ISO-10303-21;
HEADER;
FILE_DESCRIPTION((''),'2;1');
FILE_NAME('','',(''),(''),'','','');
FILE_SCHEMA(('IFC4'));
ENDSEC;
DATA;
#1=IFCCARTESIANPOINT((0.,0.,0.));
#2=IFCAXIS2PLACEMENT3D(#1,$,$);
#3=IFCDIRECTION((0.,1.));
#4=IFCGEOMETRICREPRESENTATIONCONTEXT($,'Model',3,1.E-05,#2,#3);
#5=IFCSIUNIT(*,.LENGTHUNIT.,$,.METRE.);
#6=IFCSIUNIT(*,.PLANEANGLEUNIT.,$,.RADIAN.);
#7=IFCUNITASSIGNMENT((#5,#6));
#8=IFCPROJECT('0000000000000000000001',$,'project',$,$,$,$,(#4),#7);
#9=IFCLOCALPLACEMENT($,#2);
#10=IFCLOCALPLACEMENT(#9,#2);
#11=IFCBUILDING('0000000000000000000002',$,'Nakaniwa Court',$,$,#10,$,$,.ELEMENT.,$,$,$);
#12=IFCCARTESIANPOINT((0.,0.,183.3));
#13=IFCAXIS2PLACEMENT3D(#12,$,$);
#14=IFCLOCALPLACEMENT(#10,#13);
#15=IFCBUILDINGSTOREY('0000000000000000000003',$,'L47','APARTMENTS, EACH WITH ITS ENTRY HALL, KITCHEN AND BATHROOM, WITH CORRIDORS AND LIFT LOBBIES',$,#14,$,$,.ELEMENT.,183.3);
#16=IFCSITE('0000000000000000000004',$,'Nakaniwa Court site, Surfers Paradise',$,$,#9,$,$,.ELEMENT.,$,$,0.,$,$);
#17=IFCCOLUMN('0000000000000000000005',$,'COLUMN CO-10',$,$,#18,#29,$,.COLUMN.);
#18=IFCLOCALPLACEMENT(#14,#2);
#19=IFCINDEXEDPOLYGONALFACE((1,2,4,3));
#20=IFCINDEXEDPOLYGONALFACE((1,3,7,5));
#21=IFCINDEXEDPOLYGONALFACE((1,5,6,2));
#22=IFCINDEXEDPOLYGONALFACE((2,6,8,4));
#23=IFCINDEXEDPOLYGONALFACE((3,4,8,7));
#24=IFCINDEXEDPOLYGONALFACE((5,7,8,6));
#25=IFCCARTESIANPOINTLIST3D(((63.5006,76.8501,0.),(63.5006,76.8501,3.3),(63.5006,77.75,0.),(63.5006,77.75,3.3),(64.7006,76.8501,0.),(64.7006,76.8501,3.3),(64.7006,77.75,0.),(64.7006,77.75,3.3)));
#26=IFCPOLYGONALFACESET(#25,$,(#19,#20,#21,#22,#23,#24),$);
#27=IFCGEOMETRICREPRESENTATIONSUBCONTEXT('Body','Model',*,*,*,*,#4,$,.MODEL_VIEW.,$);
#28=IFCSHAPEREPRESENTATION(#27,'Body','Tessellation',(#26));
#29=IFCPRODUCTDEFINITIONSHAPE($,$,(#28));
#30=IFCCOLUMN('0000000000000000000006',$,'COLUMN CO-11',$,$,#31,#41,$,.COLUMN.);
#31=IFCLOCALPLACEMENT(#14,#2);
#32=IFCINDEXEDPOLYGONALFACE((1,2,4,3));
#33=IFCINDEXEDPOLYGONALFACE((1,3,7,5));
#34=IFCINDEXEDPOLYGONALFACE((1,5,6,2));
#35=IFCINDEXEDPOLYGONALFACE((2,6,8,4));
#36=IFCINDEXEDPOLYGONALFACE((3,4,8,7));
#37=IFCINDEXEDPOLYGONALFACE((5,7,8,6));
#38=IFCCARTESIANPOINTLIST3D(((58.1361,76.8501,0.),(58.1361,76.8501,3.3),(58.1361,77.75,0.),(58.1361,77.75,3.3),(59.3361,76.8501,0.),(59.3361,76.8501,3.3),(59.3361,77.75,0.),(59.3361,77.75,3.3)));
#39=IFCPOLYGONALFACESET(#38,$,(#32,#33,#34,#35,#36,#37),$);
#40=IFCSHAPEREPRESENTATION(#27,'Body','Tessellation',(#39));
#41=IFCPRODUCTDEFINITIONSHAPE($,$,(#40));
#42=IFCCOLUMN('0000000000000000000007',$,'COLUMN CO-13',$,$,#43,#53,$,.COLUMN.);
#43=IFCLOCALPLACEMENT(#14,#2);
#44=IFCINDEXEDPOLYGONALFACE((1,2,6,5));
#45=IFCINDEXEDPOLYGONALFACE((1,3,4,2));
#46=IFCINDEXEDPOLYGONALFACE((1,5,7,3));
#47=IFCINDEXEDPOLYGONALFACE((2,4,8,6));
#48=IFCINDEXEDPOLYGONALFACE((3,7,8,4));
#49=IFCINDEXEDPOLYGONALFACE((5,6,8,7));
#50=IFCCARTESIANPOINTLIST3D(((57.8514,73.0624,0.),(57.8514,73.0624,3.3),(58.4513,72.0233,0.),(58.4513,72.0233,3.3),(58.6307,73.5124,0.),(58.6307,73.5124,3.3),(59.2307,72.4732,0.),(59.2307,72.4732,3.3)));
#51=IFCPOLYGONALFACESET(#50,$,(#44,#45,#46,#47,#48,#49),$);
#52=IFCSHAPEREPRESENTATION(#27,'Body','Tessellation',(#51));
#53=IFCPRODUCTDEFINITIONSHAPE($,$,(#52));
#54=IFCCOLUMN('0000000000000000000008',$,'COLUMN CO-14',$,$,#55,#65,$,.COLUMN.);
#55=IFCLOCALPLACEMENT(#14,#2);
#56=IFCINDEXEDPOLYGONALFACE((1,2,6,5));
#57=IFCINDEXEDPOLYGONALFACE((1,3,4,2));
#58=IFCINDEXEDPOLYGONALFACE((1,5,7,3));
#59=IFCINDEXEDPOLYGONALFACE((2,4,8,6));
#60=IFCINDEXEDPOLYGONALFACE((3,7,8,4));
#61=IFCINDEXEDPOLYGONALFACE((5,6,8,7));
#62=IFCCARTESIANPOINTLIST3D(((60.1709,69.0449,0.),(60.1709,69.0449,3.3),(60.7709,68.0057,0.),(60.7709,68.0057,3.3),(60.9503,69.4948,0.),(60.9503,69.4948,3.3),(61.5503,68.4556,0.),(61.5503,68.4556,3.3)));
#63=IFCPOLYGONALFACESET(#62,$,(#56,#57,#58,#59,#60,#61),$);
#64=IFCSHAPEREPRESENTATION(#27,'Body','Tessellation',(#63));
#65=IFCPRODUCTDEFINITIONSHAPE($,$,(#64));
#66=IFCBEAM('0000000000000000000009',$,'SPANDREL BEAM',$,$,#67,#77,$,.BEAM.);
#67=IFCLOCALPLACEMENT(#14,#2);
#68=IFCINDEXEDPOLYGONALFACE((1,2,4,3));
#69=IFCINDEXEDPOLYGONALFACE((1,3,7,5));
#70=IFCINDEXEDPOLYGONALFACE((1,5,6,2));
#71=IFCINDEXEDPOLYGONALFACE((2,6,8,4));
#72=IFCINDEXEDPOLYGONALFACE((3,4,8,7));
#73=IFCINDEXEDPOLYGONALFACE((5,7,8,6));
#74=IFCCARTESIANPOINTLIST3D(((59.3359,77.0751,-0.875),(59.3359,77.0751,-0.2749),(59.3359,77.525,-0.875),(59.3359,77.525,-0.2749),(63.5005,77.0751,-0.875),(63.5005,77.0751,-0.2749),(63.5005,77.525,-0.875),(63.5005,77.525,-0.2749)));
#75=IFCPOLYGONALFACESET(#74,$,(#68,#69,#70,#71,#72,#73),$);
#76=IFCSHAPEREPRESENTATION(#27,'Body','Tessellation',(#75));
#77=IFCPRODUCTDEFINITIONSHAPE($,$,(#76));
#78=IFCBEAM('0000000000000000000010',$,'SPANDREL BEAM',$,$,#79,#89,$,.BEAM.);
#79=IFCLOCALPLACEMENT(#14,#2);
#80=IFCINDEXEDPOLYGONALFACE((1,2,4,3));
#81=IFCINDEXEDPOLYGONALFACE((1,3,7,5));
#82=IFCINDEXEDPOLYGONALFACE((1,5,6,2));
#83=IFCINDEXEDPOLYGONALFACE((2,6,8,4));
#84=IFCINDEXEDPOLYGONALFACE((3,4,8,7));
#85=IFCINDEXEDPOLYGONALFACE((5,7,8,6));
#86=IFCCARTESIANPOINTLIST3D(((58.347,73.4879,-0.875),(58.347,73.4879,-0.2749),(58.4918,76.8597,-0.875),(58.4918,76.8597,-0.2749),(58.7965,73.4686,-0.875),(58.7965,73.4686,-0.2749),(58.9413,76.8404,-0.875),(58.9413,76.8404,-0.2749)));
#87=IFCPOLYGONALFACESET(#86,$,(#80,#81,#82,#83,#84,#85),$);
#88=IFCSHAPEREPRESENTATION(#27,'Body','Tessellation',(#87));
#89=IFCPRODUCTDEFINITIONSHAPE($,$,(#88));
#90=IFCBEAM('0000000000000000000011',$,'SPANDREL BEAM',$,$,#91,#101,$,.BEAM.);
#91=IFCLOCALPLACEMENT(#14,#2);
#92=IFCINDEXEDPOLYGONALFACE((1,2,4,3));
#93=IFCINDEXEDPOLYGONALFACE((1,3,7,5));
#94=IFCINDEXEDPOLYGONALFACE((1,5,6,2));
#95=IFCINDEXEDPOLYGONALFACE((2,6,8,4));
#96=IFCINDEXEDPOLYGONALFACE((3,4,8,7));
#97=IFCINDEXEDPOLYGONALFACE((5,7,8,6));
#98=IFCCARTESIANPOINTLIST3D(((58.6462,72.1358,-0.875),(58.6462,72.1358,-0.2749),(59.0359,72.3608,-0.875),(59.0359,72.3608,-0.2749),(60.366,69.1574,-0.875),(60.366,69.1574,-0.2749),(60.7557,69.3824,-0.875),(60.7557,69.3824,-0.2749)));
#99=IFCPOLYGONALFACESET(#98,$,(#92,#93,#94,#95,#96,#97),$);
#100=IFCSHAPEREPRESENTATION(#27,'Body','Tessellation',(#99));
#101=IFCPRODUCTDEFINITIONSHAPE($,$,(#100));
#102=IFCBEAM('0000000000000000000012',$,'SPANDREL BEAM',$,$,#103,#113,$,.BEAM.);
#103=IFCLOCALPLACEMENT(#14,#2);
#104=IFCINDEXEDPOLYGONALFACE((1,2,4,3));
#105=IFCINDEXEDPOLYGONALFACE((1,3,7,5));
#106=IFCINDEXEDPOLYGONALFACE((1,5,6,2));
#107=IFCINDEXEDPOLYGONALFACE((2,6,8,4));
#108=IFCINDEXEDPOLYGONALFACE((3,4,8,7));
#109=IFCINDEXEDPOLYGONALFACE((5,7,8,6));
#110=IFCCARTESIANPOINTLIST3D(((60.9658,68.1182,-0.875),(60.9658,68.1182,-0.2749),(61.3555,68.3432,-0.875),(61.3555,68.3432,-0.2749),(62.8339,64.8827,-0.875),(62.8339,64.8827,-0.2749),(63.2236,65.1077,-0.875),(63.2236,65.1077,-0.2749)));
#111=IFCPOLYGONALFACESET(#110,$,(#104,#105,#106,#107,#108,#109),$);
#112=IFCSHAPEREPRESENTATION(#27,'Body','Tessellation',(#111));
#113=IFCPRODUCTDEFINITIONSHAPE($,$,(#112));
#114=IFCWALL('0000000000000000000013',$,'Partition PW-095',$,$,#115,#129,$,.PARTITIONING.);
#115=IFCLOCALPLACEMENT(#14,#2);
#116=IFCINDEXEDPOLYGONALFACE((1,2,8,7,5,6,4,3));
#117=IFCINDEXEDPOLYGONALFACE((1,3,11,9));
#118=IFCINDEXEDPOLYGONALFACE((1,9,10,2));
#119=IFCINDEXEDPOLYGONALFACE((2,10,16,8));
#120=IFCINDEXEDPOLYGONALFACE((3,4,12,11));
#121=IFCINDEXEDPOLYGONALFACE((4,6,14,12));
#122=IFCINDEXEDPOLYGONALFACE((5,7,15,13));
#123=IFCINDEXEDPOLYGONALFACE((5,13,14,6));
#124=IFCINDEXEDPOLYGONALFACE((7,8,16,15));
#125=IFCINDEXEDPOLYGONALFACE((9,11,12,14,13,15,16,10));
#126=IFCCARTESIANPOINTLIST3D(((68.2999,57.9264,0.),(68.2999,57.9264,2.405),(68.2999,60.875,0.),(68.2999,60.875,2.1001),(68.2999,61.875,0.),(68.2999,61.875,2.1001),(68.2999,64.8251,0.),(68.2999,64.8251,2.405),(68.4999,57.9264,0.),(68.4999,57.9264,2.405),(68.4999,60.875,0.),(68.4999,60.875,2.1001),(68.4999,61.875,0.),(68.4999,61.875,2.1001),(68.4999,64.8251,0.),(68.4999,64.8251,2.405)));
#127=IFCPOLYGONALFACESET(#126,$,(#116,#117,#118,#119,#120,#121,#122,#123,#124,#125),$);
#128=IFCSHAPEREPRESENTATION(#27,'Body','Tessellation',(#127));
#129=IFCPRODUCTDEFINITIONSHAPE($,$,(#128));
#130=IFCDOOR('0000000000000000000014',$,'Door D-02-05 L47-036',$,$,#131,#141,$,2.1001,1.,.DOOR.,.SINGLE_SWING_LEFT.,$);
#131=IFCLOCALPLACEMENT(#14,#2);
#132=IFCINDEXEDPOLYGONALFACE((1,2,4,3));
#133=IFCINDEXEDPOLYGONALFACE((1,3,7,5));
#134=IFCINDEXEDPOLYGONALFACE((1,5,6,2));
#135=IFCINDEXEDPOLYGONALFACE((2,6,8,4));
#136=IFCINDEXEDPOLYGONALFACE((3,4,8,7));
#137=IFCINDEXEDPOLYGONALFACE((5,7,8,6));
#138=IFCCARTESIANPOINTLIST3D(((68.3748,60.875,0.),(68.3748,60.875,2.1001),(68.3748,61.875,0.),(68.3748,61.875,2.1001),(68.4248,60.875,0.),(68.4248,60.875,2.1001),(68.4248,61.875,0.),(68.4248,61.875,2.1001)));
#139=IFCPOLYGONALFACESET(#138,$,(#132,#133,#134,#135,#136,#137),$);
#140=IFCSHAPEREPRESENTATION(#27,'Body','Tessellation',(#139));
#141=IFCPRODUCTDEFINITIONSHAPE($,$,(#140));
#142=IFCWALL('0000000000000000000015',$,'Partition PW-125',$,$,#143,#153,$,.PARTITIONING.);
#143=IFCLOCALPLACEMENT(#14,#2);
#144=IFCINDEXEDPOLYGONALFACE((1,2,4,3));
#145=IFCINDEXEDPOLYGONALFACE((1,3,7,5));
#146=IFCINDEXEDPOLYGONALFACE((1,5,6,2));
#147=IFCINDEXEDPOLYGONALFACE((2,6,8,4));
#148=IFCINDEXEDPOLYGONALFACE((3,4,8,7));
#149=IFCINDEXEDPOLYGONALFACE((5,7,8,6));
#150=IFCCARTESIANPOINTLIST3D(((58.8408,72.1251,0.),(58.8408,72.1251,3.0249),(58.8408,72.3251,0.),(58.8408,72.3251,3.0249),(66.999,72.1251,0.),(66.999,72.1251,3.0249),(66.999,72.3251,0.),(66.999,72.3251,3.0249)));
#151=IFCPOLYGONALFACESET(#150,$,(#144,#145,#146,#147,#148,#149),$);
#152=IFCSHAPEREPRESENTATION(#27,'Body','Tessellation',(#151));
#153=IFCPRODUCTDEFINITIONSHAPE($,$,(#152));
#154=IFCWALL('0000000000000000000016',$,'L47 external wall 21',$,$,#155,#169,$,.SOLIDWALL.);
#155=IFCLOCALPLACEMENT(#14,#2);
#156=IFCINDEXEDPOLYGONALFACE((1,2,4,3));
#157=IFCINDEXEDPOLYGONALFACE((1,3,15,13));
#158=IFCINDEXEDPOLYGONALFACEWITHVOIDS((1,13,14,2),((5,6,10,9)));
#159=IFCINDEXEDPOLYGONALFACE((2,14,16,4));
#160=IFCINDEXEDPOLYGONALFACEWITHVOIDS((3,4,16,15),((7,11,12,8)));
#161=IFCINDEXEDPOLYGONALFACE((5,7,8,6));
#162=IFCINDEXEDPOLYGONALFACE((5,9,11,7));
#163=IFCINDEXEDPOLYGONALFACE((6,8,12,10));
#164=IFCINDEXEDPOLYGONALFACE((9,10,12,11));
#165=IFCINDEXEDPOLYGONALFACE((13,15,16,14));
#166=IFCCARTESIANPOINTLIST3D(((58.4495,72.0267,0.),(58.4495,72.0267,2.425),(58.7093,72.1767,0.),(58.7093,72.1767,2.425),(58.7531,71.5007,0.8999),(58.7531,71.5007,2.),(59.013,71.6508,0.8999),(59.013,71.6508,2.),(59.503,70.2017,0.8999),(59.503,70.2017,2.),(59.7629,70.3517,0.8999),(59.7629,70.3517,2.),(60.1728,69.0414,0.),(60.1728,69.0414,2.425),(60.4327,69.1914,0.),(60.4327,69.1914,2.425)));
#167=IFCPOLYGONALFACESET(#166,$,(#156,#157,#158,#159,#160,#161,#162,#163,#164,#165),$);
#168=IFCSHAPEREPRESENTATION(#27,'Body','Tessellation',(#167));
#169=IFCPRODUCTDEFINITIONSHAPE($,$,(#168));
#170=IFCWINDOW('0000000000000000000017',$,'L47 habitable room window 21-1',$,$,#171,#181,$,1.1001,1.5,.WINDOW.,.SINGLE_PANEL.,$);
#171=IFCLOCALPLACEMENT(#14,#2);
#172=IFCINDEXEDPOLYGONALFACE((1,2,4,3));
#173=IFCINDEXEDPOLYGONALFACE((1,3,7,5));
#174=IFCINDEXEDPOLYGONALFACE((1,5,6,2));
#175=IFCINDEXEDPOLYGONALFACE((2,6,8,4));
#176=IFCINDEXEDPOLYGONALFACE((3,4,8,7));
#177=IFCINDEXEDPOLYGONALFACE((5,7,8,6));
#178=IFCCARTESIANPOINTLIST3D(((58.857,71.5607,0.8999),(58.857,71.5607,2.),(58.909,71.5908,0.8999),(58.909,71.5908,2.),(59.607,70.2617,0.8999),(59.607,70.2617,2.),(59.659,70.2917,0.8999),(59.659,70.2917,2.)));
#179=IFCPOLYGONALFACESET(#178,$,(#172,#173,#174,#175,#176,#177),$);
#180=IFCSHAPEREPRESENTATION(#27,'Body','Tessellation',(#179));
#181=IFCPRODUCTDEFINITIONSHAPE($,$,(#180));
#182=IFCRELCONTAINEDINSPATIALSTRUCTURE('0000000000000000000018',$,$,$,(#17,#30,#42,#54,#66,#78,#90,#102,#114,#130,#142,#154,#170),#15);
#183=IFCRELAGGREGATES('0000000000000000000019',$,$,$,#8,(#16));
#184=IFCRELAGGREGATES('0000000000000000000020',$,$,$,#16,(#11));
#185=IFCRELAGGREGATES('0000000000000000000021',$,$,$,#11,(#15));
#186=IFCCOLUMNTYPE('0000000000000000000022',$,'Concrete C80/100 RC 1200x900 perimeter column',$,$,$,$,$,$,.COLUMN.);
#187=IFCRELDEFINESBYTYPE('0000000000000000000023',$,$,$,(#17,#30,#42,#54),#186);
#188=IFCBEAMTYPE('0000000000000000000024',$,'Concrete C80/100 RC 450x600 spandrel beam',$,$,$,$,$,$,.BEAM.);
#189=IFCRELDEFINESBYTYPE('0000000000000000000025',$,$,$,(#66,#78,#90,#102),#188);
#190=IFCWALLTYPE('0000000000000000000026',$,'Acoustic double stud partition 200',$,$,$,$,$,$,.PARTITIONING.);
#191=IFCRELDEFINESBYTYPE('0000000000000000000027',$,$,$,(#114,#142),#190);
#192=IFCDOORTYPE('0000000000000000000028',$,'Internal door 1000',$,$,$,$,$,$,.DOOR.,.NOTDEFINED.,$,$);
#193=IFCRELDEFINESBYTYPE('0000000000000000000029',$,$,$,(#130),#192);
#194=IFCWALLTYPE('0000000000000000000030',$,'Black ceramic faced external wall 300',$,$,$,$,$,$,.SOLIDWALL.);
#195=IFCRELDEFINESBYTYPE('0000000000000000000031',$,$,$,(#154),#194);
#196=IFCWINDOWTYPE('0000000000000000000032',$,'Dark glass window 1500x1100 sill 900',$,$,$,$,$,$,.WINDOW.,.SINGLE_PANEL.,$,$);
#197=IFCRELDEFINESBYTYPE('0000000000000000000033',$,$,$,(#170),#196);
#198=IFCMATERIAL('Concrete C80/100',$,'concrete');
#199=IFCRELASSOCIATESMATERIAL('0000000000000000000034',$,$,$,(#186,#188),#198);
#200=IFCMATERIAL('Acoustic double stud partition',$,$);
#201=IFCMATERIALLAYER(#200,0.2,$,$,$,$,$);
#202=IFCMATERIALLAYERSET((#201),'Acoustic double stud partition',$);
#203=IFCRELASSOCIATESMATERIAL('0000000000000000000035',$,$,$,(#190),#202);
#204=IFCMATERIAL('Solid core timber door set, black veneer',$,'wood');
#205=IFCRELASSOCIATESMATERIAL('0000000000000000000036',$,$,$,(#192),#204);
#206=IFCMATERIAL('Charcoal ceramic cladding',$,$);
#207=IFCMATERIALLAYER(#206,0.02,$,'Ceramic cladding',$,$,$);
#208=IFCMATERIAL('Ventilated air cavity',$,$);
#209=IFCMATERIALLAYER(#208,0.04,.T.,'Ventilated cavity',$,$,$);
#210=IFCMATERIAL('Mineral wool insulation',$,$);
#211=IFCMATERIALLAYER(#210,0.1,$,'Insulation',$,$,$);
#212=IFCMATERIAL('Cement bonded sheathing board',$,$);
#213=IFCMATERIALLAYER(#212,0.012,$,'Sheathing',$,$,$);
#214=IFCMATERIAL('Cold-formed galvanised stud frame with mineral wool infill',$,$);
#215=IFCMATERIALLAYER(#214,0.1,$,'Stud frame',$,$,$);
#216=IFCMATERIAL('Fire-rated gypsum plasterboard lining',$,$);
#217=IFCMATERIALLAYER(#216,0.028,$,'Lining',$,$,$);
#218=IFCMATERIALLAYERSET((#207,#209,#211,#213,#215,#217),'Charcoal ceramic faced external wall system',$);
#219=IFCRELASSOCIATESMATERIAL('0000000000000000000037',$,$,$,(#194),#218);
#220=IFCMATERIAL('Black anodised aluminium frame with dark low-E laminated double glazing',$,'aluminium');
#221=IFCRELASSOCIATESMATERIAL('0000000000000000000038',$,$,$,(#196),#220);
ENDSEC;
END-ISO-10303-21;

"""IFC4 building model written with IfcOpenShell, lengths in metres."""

from ifc_helpers import new_model, si_unit, direction, frame, frame_2d, origin, origin_2d, place, context, subcontext, project, spatial, rectangle, extrude, material, layer, layer_set, material_profile, profile_set, type_object, element, fill, save


model = new_model("IFC4")

# Units and contexts
model_context = context("Model", 3, precision=1e-05, world=origin(), true_north=direction((0.0, 1.0)))
body_context = subcontext(model_context, "Body", "Model", "MODEL_VIEW")
ifc_project = project(units=[si_unit("LENGTHUNIT", "METRE"), si_unit("PLANEANGLEUNIT", "RADIAN")], contexts=[model_context])

# Site, building, storey
site_placement = place(None, origin())
site = spatial("IfcSite", under=ifc_project, at=site_placement, Name="Nakaniwa Court site, Surfers Paradise", CompositionType="ELEMENT", RefElevation=0.0)
building_placement = place(site_placement, origin())
building = spatial("IfcBuilding", under=site, at=building_placement, Name="Nakaniwa Court", CompositionType="ELEMENT")
storey_placement = place(building_placement, frame((0.0, 0.0, 183.3)))
storey = spatial("IfcBuildingStorey", under=building, at=storey_placement, Name="L47", Description="APARTMENTS, EACH WITH ITS ENTRY HALL, KITCHEN AND BATHROOM, WITH CORRIDORS AND LIFT LOBBIES", CompositionType="ELEMENT", Elevation=183.3)

# Columns
ifc_material_1 = material(Name="Concrete C80/100", Category="concrete")
ifc_material_profile_1 = material_profile(ifc_material_1, rectangle(XDim=1.2, YDim=0.8999, at=origin_2d()), Name="Concrete C80/100 RC 1200x900 perimeter column")
ifc_profile_set_1 = profile_set([ifc_material_profile_1], Name="Concrete C80/100")
column_type = type_object("IfcColumnType", Name="Concrete C80/100 RC 1200x900 perimeter column", PredefinedType="COLUMN", material=ifc_profile_set_1)
for number, where, z_axis, x_axis, name in (
    (1, (64.1006, 77.3, 0.0), (0.0, 0.0, 1.0), (-1.0, 0.0, 0.0), "COLUMN CO-10"),
    (2, (58.7361, 77.3, 0.0), (0.0, 0.0, 1.0), (-1.0, 0.0, 0.0), "COLUMN CO-11"),
    (3, (58.541, 72.7678, 0.0), (0.0, 0.0, 1.0), (0.5, -0.866025, 0.0), "COLUMN CO-13"),
    (4, (60.8606, 68.7502, 0.0), (0.0, 0.0, 1.0), (0.5, -0.866025, 0.0), "COLUMN CO-14"),
):
    element("IfcColumn", number, at=place(storey_placement, frame(where, z_axis=z_axis, x_axis=x_axis)), inside=storey, type_object=column_type, Name=name, PredefinedType="COLUMN", context=body_context, shape_type="SweptSolid", body=[
        extrude(rectangle(XDim=1.2, YDim=0.8999, at=origin_2d()), origin(), (0.0, 0.0, 1.0), 3.3),
    ])

# Beams
ifc_material_profile_2 = material_profile(ifc_material_1, rectangle(XDim=0.45, YDim=0.6001, at=origin_2d()), Name="Concrete C80/100 RC 450x600 spandrel beam")
ifc_profile_set_2 = profile_set([ifc_material_profile_2], Name="Concrete C80/100")
beam_type = type_object("IfcBeamType", Name="Concrete C80/100 RC 450x600 spandrel beam", PredefinedType="BEAM", material=ifc_profile_set_2)
beam_1_placement = place(storey_placement, frame((63.5005, 77.3, -0.575), z_axis=(-1.0, 0.0, 0.0), x_axis=(0.0, -1.0, 0.0)))
element("IfcBeam", 5, at=beam_1_placement, inside=storey, type_object=beam_type, Name="SPANDREL BEAM", PredefinedType="BEAM", context=body_context, shape_type="SweptSolid", body=[
    extrude(rectangle(XDim=0.45, YDim=0.6001, at=origin_2d()), origin(), (0.0, 0.0, 1.0), 4.1646),
])
beam_2_placement = place(storey_placement, frame((58.7166, 76.8501, -0.575), z_axis=(-0.042897, -0.999079, 0.0), x_axis=(0.999079, -0.042897, 0.0)))
element("IfcBeam", 6, at=beam_2_placement, inside=storey, type_object=beam_type, Name="SPANDREL BEAM", PredefinedType="BEAM", context=body_context, shape_type="SweptSolid", body=[
    extrude(rectangle(XDim=0.45, YDim=0.6001, at=origin_2d()), origin(), (0.0, 0.0, 1.0), 3.375),
])
beam_3_placement = place(storey_placement, frame((58.8411, 72.2483, -0.575), z_axis=(0.500048, -0.865998, 0.0), x_axis=(0.865998, 0.500048, 0.0)))
element("IfcBeam", 7, at=beam_3_placement, inside=storey, type_object=beam_type, Name="SPANDREL BEAM", PredefinedType="BEAM", context=body_context, shape_type="SweptSolid", body=[
    extrude(rectangle(XDim=0.45, YDim=0.6001, at=origin_2d()), origin(), (0.0, 0.0, 1.0), 3.4392),
])
beam_4_placement = place(storey_placement, frame((61.1606, 68.2307, -0.575), z_axis=(0.500018, -0.866015, 0.0), x_axis=(0.866015, 0.500018, 0.0)))
element("IfcBeam", 8, at=beam_4_placement, inside=storey, type_object=beam_type, Name="SPANDREL BEAM", PredefinedType="BEAM", context=body_context, shape_type="SweptSolid", body=[
    extrude(rectangle(XDim=0.45, YDim=0.6001, at=origin_2d()), origin(), (0.0, 0.0, 1.0), 3.7361),
])

# Wall, opening, door
ifc_material_2 = material(Name="Acoustic double stud partition")
ifc_layer_1 = layer(ifc_material_2, 0.2)
ifc_layer_set_1 = layer_set([ifc_layer_1], Name="Acoustic double stud partition")
wall_type_1 = type_object("IfcWallType", Name="Acoustic double stud partition 200", PredefinedType="PARTITIONING", material=ifc_layer_set_1)
wall_1_placement = place(storey_placement, frame((68.3999, 64.825, 0.0), z_axis=(0.0, 0.0, 1.0), x_axis=(0.0, -1.0, 0.0)))
wall_1 = element("IfcWall", 9, at=wall_1_placement, inside=storey, type_object=wall_type_1, Name="Partition PW-095", PredefinedType="PARTITIONING", context=body_context, shape_type="SweptSolid", body=[
    extrude(rectangle(XDim=6.8987, YDim=0.2, at=frame_2d((3.4492, 0.0))), origin(), (0.0, 0.0, 1.0), 2.405),
])
opening_1_placement = place(wall_1_placement, frame((2.95, 0.0, 0.0)))
opening_1 = element("IfcOpeningElement", 10, at=opening_1_placement, cuts=wall_1, PredefinedType="OPENING", context=body_context, shape_type="SweptSolid", body=[
    extrude(rectangle(XDim=1.0, YDim=2.1001, at=frame_2d((0.5, 1.05))), frame((0.0, 0.1099, 0.0), z_axis=(0.0, -1.0, 0.0), x_axis=(1.0, 0.0, 0.0)), (0.0, 0.0, 1.0), 0.22),
])
ifc_material_3 = material(Name="Solid core timber door set, black veneer", Category="wood")
door_type_1 = type_object("IfcDoorType", Name="Internal door 1000", OperationType="NOTDEFINED", PredefinedType="DOOR", material=ifc_material_3)
door_1_placement = place(opening_1_placement, origin())
door_1 = element("IfcDoor", 11, at=door_1_placement, inside=storey, type_object=door_type_1, Name="Door D-02-05 L47-036", OperationType="SINGLE_SWING_LEFT", OverallHeight=2.1001, OverallWidth=1.0, PredefinedType="DOOR", context=body_context, shape_type="SweptSolid", body=[
    extrude(rectangle(XDim=1.0, YDim=2.1001, at=frame_2d((0.5, 1.05))), frame((0.0, 0.0249, 0.0), z_axis=(0.0, -1.0, 0.0), x_axis=(1.0, 0.0, 0.0)), (0.0, 0.0, 1.0), 0.05),
])
fill(opening_1, door_1)

# Wall
wall_2_placement = place(storey_placement, frame((58.8408, 72.2251, 0.0), z_axis=(0.0, 0.0, 1.0), x_axis=(1.0, 0.0, 0.0)))
element("IfcWall", 12, at=wall_2_placement, inside=storey, type_object=wall_type_1, Name="Partition PW-125", PredefinedType="PARTITIONING", context=body_context, shape_type="SweptSolid", body=[
    extrude(rectangle(XDim=8.1582, YDim=0.2, at=frame_2d((4.0791, 0.0))), origin(), (0.0, 0.0, 1.0), 3.0249),
])

# Wall, opening, window
ifc_material_4 = material(Name="Charcoal ceramic cladding")
ifc_layer_2 = layer(ifc_material_4, 0.02, Name="Ceramic cladding")
ifc_material_5 = material(Name="Ventilated air cavity")
ifc_layer_3 = layer(ifc_material_5, 0.04, ventilated=True, Name="Ventilated cavity")
ifc_material_6 = material(Name="Mineral wool insulation")
ifc_layer_4 = layer(ifc_material_6, 0.1, Name="Insulation")
ifc_material_7 = material(Name="Cement bonded sheathing board")
ifc_layer_5 = layer(ifc_material_7, 0.012, Name="Sheathing")
ifc_material_8 = material(Name="Cold-formed galvanised stud frame with mineral wool infill")
ifc_layer_6 = layer(ifc_material_8, 0.1, Name="Stud frame")
ifc_material_9 = material(Name="Fire-rated gypsum plasterboard lining")
ifc_layer_7 = layer(ifc_material_9, 0.028, Name="Lining")
ifc_layer_set_2 = layer_set([ifc_layer_2, ifc_layer_3, ifc_layer_4, ifc_layer_5, ifc_layer_6, ifc_layer_7], Name="Charcoal ceramic faced external wall system")
wall_type_2 = type_object("IfcWallType", Name="Black ceramic faced external wall 300", PredefinedType="SOLIDWALL", material=ifc_layer_set_2)
wall_3_placement = place(storey_placement, frame((58.5793, 72.1018, 0.0), z_axis=(0.0, 0.0, 1.0), x_axis=(0.499955, -0.866051, 0.0)))
wall_3 = element("IfcWall", 13, at=wall_3_placement, inside=storey, type_object=wall_type_2, Name="L47 external wall 21", PredefinedType="SOLIDWALL", context=body_context, shape_type="SweptSolid", body=[
    extrude(rectangle(XDim=3.447, YDim=0.3, at=frame_2d((1.7236, 0.0))), origin(), (0.0, 0.0, 1.0), 2.425),
])
opening_2_placement = place(wall_3_placement, frame((0.6074, 0.0, 0.8999)))
opening_2 = element("IfcOpeningElement", 14, at=opening_2_placement, cuts=wall_3, PredefinedType="OPENING", context=body_context, shape_type="SweptSolid", body=[
    extrude(rectangle(XDim=1.5, YDim=1.1001, at=frame_2d((0.75, 0.55))), frame((0.0, 0.1599, 0.0), z_axis=(0.0, -1.0, 0.0), x_axis=(1.0, 0.0, 0.0)), (0.0, 0.0, 1.0), 0.3201),
])
ifc_material_10 = material(Name="Black anodised aluminium frame with dark low-E laminated double glazing", Category="aluminium")
window_type = type_object("IfcWindowType", Name="Dark glass window 1500x1100 sill 900", PartitioningType="SINGLE_PANEL", PredefinedType="WINDOW", material=ifc_material_10)
window_placement = place(opening_2_placement, origin())
window = element("IfcWindow", 15, at=window_placement, inside=storey, type_object=window_type, Name="L47 habitable room window 21-1", OverallHeight=1.1001, OverallWidth=1.5, PartitioningType="SINGLE_PANEL", PredefinedType="WINDOW", context=body_context, shape_type="SweptSolid", body=[
    extrude(rectangle(XDim=1.5, YDim=1.1001, at=frame_2d((0.75, 0.55))), frame((0.0, 0.03, 0.0), z_axis=(0.0, -1.0, 0.0), x_axis=(1.0, 0.0, 0.0)), (0.0, 0.0, 1.0), 0.0601),
])
fill(opening_2, window)

save(model, "model.ifc")
